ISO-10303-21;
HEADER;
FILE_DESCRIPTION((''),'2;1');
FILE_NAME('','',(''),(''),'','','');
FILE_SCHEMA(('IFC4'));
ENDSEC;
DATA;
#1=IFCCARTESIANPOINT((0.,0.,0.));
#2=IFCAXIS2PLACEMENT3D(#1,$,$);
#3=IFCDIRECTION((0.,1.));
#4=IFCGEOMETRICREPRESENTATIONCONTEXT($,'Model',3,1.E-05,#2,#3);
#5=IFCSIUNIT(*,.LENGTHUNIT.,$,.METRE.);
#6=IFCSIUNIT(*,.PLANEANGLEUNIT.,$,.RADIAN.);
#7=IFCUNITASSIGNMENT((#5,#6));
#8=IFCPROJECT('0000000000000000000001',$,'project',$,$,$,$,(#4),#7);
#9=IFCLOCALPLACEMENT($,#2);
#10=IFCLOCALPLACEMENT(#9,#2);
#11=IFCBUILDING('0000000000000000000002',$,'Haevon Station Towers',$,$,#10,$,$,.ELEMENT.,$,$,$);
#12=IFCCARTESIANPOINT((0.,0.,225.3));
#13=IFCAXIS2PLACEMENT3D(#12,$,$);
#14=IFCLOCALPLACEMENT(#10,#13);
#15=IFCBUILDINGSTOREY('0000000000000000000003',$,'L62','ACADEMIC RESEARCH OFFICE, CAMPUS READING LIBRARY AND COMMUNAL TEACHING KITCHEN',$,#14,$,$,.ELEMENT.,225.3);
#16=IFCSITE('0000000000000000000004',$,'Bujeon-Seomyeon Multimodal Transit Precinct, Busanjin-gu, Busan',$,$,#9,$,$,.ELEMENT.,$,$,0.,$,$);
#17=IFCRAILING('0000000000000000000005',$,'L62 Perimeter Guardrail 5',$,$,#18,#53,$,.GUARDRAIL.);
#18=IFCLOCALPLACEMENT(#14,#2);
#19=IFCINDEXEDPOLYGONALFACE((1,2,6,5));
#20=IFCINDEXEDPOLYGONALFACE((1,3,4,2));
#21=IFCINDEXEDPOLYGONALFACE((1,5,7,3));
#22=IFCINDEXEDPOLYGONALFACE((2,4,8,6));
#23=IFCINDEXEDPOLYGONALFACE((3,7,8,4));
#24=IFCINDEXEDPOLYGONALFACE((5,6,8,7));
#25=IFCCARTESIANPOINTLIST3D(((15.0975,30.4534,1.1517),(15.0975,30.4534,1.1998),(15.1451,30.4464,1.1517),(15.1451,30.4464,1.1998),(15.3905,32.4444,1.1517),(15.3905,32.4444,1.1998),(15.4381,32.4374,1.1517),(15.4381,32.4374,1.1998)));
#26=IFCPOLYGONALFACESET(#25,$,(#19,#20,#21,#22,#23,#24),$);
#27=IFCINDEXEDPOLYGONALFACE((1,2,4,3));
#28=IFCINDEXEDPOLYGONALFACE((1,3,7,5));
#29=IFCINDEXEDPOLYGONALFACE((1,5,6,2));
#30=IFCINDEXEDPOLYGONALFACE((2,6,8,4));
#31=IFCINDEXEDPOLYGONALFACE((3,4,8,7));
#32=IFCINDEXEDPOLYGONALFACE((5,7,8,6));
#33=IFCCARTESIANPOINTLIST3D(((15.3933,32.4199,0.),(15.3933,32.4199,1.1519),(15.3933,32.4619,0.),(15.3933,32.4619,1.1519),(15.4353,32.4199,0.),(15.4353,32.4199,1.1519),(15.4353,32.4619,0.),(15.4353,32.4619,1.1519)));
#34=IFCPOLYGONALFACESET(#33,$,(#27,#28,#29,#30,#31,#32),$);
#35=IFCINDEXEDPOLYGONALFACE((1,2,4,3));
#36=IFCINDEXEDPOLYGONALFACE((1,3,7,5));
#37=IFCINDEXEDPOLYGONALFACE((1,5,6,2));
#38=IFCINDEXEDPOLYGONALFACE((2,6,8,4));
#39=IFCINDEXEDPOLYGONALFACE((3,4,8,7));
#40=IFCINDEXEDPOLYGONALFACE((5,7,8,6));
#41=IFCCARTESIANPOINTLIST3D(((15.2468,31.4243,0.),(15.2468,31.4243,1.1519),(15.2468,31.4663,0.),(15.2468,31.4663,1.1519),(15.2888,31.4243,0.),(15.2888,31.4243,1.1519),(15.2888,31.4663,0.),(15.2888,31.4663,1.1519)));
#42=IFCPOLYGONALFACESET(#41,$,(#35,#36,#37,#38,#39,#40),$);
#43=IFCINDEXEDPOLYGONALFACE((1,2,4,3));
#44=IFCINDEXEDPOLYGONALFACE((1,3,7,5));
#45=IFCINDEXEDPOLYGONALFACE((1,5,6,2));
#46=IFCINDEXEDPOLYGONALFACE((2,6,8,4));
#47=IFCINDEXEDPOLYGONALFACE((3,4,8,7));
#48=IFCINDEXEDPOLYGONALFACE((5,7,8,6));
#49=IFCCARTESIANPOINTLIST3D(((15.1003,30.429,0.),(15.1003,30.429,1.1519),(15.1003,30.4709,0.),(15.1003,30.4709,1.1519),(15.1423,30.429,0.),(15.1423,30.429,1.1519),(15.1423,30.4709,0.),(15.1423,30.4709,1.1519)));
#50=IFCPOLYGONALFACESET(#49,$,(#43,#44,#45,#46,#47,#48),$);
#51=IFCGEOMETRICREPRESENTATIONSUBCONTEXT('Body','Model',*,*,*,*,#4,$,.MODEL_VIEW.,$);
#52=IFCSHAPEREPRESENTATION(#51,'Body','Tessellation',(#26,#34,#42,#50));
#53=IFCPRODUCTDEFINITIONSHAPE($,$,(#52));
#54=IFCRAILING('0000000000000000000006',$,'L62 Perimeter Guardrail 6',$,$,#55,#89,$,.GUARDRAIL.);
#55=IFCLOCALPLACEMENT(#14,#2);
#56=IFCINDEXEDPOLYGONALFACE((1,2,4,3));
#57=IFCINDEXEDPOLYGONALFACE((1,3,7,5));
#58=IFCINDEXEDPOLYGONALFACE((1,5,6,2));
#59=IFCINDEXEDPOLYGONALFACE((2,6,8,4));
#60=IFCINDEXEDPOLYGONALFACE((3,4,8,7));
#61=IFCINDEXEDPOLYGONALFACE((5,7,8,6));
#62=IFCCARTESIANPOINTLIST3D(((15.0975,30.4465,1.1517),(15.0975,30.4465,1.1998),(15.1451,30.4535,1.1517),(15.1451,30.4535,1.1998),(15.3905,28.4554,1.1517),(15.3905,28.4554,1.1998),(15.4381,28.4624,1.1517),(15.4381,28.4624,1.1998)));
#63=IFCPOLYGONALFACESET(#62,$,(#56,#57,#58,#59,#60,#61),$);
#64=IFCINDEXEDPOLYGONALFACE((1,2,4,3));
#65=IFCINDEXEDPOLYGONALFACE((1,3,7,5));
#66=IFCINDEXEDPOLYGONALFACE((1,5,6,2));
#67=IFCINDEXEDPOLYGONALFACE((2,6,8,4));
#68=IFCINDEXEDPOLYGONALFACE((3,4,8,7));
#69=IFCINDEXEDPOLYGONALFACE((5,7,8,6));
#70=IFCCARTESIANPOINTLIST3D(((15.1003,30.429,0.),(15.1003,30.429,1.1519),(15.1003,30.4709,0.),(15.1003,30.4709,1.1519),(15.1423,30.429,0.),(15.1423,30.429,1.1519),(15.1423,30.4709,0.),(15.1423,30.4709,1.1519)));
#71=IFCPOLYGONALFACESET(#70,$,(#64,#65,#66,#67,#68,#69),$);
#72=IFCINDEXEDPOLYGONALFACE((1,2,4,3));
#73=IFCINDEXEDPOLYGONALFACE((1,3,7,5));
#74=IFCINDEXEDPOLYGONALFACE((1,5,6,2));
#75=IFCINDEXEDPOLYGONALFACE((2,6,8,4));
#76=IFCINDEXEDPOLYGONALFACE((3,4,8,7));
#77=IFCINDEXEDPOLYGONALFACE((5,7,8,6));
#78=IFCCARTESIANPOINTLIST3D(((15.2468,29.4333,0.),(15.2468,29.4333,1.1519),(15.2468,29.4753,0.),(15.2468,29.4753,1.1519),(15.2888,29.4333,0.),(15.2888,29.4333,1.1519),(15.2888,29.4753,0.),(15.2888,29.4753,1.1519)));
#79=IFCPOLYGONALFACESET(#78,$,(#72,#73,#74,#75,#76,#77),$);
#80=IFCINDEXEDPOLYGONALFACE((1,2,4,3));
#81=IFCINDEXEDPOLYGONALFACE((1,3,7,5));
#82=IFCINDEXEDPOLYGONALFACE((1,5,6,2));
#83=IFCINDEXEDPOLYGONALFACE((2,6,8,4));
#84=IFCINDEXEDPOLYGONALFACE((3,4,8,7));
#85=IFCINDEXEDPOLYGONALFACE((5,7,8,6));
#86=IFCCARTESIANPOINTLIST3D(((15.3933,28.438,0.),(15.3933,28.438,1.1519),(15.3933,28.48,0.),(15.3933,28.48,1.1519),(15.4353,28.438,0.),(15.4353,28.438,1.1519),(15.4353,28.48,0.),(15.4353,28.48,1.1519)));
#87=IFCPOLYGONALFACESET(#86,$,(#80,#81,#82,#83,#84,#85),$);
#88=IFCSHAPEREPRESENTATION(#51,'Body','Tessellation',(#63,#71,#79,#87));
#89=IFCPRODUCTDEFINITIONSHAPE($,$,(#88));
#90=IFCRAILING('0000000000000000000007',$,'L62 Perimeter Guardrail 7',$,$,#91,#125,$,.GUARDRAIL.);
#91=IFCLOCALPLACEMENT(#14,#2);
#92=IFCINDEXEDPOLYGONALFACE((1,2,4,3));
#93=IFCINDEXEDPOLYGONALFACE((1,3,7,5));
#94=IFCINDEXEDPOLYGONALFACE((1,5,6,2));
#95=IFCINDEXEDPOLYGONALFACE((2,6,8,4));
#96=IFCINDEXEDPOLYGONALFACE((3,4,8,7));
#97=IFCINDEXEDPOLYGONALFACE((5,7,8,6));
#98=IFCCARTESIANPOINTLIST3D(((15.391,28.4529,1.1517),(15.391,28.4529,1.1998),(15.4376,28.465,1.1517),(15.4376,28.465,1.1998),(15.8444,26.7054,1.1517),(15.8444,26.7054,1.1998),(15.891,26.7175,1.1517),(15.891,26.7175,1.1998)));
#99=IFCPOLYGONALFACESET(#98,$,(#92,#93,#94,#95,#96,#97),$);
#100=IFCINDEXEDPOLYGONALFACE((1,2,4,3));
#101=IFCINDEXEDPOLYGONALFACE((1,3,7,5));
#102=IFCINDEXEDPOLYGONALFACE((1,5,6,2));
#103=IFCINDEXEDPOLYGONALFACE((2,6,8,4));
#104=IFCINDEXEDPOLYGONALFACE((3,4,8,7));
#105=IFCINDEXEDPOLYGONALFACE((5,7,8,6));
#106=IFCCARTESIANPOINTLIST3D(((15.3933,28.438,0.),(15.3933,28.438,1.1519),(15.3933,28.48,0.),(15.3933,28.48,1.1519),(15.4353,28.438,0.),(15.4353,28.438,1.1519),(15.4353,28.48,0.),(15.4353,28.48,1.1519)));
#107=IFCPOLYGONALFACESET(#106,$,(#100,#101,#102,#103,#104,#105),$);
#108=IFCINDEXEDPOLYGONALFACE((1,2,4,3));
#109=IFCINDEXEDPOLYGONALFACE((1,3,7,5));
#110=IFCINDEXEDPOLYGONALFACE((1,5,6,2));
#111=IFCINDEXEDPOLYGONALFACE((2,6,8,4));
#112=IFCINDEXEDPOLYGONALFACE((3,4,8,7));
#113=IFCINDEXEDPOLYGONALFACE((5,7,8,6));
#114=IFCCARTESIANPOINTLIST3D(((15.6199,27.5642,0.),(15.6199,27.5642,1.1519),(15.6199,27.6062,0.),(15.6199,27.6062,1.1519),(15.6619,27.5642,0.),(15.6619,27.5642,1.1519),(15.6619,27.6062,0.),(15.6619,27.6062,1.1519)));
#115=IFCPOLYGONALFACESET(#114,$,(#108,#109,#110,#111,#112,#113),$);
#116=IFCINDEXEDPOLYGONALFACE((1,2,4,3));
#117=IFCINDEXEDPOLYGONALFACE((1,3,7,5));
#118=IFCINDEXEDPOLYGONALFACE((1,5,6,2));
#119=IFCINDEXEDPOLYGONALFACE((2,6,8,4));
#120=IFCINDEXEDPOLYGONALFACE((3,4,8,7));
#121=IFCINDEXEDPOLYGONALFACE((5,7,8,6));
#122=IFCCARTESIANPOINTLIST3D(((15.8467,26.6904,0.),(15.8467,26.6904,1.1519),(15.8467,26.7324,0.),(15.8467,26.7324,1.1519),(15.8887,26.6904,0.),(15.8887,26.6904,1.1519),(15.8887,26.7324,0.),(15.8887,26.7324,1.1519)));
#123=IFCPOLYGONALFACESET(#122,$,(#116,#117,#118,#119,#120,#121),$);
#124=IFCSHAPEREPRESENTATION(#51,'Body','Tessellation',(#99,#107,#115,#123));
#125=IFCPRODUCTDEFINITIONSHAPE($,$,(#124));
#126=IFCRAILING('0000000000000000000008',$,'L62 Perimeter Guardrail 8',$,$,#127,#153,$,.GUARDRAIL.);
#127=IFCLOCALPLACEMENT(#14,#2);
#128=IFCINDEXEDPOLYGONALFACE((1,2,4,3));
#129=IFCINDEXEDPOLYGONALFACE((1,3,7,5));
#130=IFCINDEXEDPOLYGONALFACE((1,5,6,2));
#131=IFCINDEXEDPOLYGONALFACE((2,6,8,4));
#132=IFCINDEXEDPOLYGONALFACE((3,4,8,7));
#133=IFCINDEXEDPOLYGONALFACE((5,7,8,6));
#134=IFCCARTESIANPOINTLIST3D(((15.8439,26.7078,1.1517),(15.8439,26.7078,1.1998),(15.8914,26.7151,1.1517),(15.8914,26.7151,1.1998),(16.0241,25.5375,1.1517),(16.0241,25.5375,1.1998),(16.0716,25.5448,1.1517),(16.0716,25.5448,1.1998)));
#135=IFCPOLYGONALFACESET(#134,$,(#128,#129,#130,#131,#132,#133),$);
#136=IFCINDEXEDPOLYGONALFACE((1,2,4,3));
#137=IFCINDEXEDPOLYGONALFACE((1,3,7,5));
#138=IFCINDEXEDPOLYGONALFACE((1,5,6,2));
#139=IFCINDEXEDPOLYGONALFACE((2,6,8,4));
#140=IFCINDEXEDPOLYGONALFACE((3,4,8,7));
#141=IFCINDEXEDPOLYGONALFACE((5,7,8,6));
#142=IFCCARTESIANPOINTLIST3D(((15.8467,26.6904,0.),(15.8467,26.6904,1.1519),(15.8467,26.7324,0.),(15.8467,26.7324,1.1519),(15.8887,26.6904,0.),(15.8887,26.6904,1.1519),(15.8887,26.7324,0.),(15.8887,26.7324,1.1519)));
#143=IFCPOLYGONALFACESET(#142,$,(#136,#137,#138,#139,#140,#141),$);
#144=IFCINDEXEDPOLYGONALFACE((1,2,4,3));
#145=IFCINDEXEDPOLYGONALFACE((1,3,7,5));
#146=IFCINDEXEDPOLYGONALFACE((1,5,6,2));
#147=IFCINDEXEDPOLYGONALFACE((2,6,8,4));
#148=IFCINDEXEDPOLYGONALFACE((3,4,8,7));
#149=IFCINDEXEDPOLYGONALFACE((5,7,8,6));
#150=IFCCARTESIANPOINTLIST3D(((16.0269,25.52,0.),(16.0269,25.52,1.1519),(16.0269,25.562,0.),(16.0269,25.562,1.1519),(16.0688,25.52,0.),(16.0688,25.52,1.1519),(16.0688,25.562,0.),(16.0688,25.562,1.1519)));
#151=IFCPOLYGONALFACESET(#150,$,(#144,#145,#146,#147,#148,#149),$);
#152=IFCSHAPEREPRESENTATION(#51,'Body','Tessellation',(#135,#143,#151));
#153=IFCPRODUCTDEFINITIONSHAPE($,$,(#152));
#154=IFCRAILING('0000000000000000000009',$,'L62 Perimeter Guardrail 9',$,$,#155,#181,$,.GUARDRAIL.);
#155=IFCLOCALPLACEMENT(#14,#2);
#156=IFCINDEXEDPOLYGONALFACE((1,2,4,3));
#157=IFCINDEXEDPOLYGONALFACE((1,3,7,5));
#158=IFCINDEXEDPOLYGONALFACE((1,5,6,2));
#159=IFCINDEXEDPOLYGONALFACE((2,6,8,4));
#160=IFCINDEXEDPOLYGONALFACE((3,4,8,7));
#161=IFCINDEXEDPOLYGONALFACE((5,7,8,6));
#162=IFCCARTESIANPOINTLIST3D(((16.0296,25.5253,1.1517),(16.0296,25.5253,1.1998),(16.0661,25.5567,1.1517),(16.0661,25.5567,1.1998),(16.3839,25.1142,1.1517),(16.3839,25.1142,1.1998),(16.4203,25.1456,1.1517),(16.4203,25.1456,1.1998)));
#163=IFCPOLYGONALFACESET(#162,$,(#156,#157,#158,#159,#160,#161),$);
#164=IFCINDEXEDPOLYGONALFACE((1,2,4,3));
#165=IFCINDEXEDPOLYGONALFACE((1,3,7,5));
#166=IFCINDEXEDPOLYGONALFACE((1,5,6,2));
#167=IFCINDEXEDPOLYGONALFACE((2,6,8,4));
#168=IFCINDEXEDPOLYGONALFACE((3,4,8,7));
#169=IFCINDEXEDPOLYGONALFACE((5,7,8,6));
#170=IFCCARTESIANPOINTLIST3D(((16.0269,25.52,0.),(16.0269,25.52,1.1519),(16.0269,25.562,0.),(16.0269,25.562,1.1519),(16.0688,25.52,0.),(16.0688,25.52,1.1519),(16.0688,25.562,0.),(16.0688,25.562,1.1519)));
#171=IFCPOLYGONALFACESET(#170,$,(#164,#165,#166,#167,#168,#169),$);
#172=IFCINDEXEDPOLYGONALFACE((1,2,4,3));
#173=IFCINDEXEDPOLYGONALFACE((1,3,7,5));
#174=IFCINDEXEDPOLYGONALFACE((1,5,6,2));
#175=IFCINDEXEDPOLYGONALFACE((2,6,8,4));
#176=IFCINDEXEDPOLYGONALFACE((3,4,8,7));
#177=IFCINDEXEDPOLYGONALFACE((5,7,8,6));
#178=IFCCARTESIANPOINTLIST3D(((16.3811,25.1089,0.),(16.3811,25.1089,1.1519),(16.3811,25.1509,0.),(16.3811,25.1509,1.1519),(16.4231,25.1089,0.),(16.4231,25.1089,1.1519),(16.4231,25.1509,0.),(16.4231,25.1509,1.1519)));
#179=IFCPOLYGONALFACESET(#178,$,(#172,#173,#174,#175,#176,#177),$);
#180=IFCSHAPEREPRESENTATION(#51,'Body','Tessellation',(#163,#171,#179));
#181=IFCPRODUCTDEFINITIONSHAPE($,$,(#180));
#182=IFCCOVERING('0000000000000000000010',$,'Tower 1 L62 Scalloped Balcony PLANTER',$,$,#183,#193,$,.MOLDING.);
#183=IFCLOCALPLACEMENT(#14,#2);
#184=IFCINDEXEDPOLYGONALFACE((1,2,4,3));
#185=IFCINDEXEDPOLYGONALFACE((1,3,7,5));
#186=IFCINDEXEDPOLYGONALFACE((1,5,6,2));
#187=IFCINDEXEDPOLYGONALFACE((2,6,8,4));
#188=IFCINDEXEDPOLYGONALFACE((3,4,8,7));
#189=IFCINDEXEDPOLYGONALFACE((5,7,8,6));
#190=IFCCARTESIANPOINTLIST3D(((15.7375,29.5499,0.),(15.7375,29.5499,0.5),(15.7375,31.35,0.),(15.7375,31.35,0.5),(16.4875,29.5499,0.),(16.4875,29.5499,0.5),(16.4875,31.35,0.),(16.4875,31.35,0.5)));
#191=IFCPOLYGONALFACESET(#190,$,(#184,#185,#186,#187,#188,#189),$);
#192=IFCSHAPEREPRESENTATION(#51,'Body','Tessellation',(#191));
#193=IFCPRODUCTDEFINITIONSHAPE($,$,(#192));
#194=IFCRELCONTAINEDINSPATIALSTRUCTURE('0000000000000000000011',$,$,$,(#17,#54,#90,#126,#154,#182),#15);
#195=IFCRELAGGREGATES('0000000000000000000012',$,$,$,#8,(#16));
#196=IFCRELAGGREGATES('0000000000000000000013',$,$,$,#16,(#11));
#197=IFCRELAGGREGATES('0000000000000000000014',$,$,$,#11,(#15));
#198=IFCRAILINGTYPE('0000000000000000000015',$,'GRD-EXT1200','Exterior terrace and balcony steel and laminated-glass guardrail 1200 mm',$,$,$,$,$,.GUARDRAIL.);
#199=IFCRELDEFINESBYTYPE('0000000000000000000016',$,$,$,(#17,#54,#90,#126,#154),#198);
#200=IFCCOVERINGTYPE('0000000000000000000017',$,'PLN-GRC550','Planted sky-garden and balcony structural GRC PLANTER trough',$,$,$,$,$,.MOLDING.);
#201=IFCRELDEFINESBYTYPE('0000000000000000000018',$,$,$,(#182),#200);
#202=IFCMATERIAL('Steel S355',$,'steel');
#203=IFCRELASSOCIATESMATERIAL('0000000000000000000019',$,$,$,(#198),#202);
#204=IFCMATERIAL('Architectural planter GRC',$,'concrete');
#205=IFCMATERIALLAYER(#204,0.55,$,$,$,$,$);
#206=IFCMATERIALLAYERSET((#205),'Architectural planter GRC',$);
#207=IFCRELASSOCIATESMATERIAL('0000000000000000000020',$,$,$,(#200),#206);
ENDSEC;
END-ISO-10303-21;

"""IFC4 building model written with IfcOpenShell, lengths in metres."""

from ifc_helpers import new_model, si_unit, direction, frame, origin, origin_2d, place, context, subcontext, project, spatial, rectangle, extrude, material, layer, layer_set, type_object, element, save


model = new_model("IFC4")

# Units and contexts
model_context = context("Model", 3, precision=1e-05, world=origin(), true_north=direction((0.0, 1.0)))
body_context = subcontext(model_context, "Body", "Model", "MODEL_VIEW")
ifc_project = project(units=[si_unit("LENGTHUNIT", "METRE"), si_unit("PLANEANGLEUNIT", "RADIAN")], contexts=[model_context])

# Site, building, storey
site_placement = place(None, origin())
site = spatial("IfcSite", under=ifc_project, at=site_placement, Name="Bujeon-Seomyeon Multimodal Transit Precinct, Busanjin-gu, Busan", CompositionType="ELEMENT", RefElevation=0.0)
building_placement = place(site_placement, origin())
building = spatial("IfcBuilding", under=site, at=building_placement, Name="Haevon Station Towers", CompositionType="ELEMENT")
storey_placement = place(building_placement, frame((0.0, 0.0, 225.3)))
storey = spatial("IfcBuildingStorey", under=building, at=storey_placement, Name="L62", Description="ACADEMIC RESEARCH OFFICE, CAMPUS READING LIBRARY AND COMMUNAL TEACHING KITCHEN", CompositionType="ELEMENT", Elevation=225.3)

# Shared definitions
ifc_material_1 = material(Name="Steel S355", Category="steel")

# Railings
railing_type = type_object("IfcRailingType", Name="GRD-EXT1200", Description="Exterior terrace and balcony steel and laminated-glass guardrail 1200 mm", PredefinedType="GUARDRAIL", material=ifc_material_1)
railing_1_placement = place(storey_placement, frame((15.4143, 32.4409, 0.0)))
element("IfcRailing", 1, at=railing_1_placement, inside=storey, type_object=railing_type, Name="L62 Perimeter Guardrail 5", PredefinedType="GUARDRAIL", context=body_context, shape_type="SweptSolid", body=[
    extrude(rectangle(XDim=0.0481, YDim=0.0481, at=origin_2d()), frame((0.0, 0.0, 1.1758), z_axis=(-0.145581, -0.989346, 0.0), x_axis=(0.989346, -0.145581, 0.0)), (0.0, 0.0, 1.0), 2.0125),
    extrude(rectangle(XDim=0.042, YDim=0.042, at=origin_2d()), origin(), (0.0, 0.0, 1.0), 1.1519),
    extrude(rectangle(XDim=0.042, YDim=0.042, at=origin_2d()), frame((-0.1465, -0.9956, 0.0)), (0.0, 0.0, 1.0), 1.1519),
    extrude(rectangle(XDim=0.042, YDim=0.042, at=origin_2d()), frame((-0.293, -1.991, 0.0)), (0.0, 0.0, 1.0), 1.1519),
])
railing_2_placement = place(storey_placement, frame((15.1213, 30.45, 0.0)))
element("IfcRailing", 2, at=railing_2_placement, inside=storey, type_object=railing_type, Name="L62 Perimeter Guardrail 6", PredefinedType="GUARDRAIL", context=body_context, shape_type="SweptSolid", body=[
    extrude(rectangle(XDim=0.0481, YDim=0.0481, at=origin_2d()), frame((0.0, 0.0, 1.1758), z_axis=(0.145581, -0.989346, 0.0), x_axis=(0.989346, 0.145581, 0.0)), (0.0, 0.0, 1.0), 2.0125),
    extrude(rectangle(XDim=0.042, YDim=0.042, at=origin_2d()), origin(), (0.0, 0.0, 1.0), 1.1519),
    extrude(rectangle(XDim=0.042, YDim=0.042, at=origin_2d()), frame((0.1465, -0.9956, 0.0)), (0.0, 0.0, 1.0), 1.1519),
    extrude(rectangle(XDim=0.042, YDim=0.042, at=origin_2d()), frame((0.293, -1.991, 0.0)), (0.0, 0.0, 1.0), 1.1519),
])
railing_3_placement = place(storey_placement, frame((15.4143, 28.459, 0.0)))
element("IfcRailing", 3, at=railing_3_placement, inside=storey, type_object=railing_type, Name="L62 Perimeter Guardrail 7", PredefinedType="GUARDRAIL", context=body_context, shape_type="SweptSolid", body=[
    extrude(rectangle(XDim=0.0481, YDim=0.0481, at=origin_2d()), frame((0.0, 0.0, 1.1758), z_axis=(0.251117, -0.967957, 0.0), x_axis=(0.967957, 0.251117, 0.0)), (0.0, 0.0, 1.0), 1.8054),
    extrude(rectangle(XDim=0.042, YDim=0.042, at=origin_2d()), origin(), (0.0, 0.0, 1.0), 1.1519),
    extrude(rectangle(XDim=0.042, YDim=0.042, at=origin_2d()), frame((0.2266, -0.8738, 0.0)), (0.0, 0.0, 1.0), 1.1519),
    extrude(rectangle(XDim=0.042, YDim=0.042, at=origin_2d()), frame((0.4534, -1.7476, 0.0)), (0.0, 0.0, 1.0), 1.1519),
])
railing_4_placement = place(storey_placement, frame((15.8677, 26.7114, 0.0)))
element("IfcRailing", 4, at=railing_4_placement, inside=storey, type_object=railing_type, Name="L62 Perimeter Guardrail 8", PredefinedType="GUARDRAIL", context=body_context, shape_type="SweptSolid", body=[
    extrude(rectangle(XDim=0.0481, YDim=0.0481, at=origin_2d()), frame((0.0, 0.0, 1.1758), z_axis=(0.15215, -0.988357, 0.0), x_axis=(0.988357, 0.15215, 0.0)), (0.0, 0.0, 1.0), 1.1841),
    extrude(rectangle(XDim=0.042, YDim=0.042, at=origin_2d()), origin(), (0.0, 0.0, 1.0), 1.1519),
    extrude(rectangle(XDim=0.042, YDim=0.042, at=origin_2d()), frame((0.1802, -1.1704, 0.0)), (0.0, 0.0, 1.0), 1.1519),
])
railing_5_placement = place(storey_placement, frame((16.0479, 25.541, 0.0)))
element("IfcRailing", 5, at=railing_5_placement, inside=storey, type_object=railing_type, Name="L62 Perimeter Guardrail 9", PredefinedType="GUARDRAIL", context=body_context, shape_type="SweptSolid", body=[
    extrude(rectangle(XDim=0.0481, YDim=0.0481, at=origin_2d()), frame((0.0, 0.0, 1.1758), z_axis=(0.652753, -0.757571, 0.0), x_axis=(0.757571, 0.652753, 0.0)), (0.0, 0.0, 1.0), 0.5427),
    extrude(rectangle(XDim=0.042, YDim=0.042, at=origin_2d()), origin(), (0.0, 0.0, 1.0), 1.1519),
    extrude(rectangle(XDim=0.042, YDim=0.042, at=origin_2d()), frame((0.3542, -0.4111, 0.0)), (0.0, 0.0, 1.0), 1.1519),
])

# Covering
ifc_material_2 = material(Name="Architectural planter GRC", Category="concrete")
ifc_layer_1 = layer(ifc_material_2, 0.55)
ifc_layer_set_1 = layer_set([ifc_layer_1], Name="Architectural planter GRC")
covering_type = type_object("IfcCoveringType", Name="PLN-GRC550", Description="Planted sky-garden and balcony structural GRC PLANTER trough", PredefinedType="MOLDING", material=ifc_layer_set_1)
covering_placement = place(storey_placement, frame((16.1125, 30.45, 0.0), z_axis=(0.0, 0.0, 1.0), x_axis=(1.0, 0.0, 0.0)))
element("IfcCovering", 6, at=covering_placement, inside=storey, type_object=covering_type, Name="Tower 1 L62 Scalloped Balcony PLANTER", PredefinedType="MOLDING", context=body_context, shape_type="SweptSolid", body=[
    extrude(rectangle(XDim=0.75, YDim=1.8, at=origin_2d()), origin(), (0.0, 0.0, 1.0), 0.5),
])

save(model, "model.ifc")
